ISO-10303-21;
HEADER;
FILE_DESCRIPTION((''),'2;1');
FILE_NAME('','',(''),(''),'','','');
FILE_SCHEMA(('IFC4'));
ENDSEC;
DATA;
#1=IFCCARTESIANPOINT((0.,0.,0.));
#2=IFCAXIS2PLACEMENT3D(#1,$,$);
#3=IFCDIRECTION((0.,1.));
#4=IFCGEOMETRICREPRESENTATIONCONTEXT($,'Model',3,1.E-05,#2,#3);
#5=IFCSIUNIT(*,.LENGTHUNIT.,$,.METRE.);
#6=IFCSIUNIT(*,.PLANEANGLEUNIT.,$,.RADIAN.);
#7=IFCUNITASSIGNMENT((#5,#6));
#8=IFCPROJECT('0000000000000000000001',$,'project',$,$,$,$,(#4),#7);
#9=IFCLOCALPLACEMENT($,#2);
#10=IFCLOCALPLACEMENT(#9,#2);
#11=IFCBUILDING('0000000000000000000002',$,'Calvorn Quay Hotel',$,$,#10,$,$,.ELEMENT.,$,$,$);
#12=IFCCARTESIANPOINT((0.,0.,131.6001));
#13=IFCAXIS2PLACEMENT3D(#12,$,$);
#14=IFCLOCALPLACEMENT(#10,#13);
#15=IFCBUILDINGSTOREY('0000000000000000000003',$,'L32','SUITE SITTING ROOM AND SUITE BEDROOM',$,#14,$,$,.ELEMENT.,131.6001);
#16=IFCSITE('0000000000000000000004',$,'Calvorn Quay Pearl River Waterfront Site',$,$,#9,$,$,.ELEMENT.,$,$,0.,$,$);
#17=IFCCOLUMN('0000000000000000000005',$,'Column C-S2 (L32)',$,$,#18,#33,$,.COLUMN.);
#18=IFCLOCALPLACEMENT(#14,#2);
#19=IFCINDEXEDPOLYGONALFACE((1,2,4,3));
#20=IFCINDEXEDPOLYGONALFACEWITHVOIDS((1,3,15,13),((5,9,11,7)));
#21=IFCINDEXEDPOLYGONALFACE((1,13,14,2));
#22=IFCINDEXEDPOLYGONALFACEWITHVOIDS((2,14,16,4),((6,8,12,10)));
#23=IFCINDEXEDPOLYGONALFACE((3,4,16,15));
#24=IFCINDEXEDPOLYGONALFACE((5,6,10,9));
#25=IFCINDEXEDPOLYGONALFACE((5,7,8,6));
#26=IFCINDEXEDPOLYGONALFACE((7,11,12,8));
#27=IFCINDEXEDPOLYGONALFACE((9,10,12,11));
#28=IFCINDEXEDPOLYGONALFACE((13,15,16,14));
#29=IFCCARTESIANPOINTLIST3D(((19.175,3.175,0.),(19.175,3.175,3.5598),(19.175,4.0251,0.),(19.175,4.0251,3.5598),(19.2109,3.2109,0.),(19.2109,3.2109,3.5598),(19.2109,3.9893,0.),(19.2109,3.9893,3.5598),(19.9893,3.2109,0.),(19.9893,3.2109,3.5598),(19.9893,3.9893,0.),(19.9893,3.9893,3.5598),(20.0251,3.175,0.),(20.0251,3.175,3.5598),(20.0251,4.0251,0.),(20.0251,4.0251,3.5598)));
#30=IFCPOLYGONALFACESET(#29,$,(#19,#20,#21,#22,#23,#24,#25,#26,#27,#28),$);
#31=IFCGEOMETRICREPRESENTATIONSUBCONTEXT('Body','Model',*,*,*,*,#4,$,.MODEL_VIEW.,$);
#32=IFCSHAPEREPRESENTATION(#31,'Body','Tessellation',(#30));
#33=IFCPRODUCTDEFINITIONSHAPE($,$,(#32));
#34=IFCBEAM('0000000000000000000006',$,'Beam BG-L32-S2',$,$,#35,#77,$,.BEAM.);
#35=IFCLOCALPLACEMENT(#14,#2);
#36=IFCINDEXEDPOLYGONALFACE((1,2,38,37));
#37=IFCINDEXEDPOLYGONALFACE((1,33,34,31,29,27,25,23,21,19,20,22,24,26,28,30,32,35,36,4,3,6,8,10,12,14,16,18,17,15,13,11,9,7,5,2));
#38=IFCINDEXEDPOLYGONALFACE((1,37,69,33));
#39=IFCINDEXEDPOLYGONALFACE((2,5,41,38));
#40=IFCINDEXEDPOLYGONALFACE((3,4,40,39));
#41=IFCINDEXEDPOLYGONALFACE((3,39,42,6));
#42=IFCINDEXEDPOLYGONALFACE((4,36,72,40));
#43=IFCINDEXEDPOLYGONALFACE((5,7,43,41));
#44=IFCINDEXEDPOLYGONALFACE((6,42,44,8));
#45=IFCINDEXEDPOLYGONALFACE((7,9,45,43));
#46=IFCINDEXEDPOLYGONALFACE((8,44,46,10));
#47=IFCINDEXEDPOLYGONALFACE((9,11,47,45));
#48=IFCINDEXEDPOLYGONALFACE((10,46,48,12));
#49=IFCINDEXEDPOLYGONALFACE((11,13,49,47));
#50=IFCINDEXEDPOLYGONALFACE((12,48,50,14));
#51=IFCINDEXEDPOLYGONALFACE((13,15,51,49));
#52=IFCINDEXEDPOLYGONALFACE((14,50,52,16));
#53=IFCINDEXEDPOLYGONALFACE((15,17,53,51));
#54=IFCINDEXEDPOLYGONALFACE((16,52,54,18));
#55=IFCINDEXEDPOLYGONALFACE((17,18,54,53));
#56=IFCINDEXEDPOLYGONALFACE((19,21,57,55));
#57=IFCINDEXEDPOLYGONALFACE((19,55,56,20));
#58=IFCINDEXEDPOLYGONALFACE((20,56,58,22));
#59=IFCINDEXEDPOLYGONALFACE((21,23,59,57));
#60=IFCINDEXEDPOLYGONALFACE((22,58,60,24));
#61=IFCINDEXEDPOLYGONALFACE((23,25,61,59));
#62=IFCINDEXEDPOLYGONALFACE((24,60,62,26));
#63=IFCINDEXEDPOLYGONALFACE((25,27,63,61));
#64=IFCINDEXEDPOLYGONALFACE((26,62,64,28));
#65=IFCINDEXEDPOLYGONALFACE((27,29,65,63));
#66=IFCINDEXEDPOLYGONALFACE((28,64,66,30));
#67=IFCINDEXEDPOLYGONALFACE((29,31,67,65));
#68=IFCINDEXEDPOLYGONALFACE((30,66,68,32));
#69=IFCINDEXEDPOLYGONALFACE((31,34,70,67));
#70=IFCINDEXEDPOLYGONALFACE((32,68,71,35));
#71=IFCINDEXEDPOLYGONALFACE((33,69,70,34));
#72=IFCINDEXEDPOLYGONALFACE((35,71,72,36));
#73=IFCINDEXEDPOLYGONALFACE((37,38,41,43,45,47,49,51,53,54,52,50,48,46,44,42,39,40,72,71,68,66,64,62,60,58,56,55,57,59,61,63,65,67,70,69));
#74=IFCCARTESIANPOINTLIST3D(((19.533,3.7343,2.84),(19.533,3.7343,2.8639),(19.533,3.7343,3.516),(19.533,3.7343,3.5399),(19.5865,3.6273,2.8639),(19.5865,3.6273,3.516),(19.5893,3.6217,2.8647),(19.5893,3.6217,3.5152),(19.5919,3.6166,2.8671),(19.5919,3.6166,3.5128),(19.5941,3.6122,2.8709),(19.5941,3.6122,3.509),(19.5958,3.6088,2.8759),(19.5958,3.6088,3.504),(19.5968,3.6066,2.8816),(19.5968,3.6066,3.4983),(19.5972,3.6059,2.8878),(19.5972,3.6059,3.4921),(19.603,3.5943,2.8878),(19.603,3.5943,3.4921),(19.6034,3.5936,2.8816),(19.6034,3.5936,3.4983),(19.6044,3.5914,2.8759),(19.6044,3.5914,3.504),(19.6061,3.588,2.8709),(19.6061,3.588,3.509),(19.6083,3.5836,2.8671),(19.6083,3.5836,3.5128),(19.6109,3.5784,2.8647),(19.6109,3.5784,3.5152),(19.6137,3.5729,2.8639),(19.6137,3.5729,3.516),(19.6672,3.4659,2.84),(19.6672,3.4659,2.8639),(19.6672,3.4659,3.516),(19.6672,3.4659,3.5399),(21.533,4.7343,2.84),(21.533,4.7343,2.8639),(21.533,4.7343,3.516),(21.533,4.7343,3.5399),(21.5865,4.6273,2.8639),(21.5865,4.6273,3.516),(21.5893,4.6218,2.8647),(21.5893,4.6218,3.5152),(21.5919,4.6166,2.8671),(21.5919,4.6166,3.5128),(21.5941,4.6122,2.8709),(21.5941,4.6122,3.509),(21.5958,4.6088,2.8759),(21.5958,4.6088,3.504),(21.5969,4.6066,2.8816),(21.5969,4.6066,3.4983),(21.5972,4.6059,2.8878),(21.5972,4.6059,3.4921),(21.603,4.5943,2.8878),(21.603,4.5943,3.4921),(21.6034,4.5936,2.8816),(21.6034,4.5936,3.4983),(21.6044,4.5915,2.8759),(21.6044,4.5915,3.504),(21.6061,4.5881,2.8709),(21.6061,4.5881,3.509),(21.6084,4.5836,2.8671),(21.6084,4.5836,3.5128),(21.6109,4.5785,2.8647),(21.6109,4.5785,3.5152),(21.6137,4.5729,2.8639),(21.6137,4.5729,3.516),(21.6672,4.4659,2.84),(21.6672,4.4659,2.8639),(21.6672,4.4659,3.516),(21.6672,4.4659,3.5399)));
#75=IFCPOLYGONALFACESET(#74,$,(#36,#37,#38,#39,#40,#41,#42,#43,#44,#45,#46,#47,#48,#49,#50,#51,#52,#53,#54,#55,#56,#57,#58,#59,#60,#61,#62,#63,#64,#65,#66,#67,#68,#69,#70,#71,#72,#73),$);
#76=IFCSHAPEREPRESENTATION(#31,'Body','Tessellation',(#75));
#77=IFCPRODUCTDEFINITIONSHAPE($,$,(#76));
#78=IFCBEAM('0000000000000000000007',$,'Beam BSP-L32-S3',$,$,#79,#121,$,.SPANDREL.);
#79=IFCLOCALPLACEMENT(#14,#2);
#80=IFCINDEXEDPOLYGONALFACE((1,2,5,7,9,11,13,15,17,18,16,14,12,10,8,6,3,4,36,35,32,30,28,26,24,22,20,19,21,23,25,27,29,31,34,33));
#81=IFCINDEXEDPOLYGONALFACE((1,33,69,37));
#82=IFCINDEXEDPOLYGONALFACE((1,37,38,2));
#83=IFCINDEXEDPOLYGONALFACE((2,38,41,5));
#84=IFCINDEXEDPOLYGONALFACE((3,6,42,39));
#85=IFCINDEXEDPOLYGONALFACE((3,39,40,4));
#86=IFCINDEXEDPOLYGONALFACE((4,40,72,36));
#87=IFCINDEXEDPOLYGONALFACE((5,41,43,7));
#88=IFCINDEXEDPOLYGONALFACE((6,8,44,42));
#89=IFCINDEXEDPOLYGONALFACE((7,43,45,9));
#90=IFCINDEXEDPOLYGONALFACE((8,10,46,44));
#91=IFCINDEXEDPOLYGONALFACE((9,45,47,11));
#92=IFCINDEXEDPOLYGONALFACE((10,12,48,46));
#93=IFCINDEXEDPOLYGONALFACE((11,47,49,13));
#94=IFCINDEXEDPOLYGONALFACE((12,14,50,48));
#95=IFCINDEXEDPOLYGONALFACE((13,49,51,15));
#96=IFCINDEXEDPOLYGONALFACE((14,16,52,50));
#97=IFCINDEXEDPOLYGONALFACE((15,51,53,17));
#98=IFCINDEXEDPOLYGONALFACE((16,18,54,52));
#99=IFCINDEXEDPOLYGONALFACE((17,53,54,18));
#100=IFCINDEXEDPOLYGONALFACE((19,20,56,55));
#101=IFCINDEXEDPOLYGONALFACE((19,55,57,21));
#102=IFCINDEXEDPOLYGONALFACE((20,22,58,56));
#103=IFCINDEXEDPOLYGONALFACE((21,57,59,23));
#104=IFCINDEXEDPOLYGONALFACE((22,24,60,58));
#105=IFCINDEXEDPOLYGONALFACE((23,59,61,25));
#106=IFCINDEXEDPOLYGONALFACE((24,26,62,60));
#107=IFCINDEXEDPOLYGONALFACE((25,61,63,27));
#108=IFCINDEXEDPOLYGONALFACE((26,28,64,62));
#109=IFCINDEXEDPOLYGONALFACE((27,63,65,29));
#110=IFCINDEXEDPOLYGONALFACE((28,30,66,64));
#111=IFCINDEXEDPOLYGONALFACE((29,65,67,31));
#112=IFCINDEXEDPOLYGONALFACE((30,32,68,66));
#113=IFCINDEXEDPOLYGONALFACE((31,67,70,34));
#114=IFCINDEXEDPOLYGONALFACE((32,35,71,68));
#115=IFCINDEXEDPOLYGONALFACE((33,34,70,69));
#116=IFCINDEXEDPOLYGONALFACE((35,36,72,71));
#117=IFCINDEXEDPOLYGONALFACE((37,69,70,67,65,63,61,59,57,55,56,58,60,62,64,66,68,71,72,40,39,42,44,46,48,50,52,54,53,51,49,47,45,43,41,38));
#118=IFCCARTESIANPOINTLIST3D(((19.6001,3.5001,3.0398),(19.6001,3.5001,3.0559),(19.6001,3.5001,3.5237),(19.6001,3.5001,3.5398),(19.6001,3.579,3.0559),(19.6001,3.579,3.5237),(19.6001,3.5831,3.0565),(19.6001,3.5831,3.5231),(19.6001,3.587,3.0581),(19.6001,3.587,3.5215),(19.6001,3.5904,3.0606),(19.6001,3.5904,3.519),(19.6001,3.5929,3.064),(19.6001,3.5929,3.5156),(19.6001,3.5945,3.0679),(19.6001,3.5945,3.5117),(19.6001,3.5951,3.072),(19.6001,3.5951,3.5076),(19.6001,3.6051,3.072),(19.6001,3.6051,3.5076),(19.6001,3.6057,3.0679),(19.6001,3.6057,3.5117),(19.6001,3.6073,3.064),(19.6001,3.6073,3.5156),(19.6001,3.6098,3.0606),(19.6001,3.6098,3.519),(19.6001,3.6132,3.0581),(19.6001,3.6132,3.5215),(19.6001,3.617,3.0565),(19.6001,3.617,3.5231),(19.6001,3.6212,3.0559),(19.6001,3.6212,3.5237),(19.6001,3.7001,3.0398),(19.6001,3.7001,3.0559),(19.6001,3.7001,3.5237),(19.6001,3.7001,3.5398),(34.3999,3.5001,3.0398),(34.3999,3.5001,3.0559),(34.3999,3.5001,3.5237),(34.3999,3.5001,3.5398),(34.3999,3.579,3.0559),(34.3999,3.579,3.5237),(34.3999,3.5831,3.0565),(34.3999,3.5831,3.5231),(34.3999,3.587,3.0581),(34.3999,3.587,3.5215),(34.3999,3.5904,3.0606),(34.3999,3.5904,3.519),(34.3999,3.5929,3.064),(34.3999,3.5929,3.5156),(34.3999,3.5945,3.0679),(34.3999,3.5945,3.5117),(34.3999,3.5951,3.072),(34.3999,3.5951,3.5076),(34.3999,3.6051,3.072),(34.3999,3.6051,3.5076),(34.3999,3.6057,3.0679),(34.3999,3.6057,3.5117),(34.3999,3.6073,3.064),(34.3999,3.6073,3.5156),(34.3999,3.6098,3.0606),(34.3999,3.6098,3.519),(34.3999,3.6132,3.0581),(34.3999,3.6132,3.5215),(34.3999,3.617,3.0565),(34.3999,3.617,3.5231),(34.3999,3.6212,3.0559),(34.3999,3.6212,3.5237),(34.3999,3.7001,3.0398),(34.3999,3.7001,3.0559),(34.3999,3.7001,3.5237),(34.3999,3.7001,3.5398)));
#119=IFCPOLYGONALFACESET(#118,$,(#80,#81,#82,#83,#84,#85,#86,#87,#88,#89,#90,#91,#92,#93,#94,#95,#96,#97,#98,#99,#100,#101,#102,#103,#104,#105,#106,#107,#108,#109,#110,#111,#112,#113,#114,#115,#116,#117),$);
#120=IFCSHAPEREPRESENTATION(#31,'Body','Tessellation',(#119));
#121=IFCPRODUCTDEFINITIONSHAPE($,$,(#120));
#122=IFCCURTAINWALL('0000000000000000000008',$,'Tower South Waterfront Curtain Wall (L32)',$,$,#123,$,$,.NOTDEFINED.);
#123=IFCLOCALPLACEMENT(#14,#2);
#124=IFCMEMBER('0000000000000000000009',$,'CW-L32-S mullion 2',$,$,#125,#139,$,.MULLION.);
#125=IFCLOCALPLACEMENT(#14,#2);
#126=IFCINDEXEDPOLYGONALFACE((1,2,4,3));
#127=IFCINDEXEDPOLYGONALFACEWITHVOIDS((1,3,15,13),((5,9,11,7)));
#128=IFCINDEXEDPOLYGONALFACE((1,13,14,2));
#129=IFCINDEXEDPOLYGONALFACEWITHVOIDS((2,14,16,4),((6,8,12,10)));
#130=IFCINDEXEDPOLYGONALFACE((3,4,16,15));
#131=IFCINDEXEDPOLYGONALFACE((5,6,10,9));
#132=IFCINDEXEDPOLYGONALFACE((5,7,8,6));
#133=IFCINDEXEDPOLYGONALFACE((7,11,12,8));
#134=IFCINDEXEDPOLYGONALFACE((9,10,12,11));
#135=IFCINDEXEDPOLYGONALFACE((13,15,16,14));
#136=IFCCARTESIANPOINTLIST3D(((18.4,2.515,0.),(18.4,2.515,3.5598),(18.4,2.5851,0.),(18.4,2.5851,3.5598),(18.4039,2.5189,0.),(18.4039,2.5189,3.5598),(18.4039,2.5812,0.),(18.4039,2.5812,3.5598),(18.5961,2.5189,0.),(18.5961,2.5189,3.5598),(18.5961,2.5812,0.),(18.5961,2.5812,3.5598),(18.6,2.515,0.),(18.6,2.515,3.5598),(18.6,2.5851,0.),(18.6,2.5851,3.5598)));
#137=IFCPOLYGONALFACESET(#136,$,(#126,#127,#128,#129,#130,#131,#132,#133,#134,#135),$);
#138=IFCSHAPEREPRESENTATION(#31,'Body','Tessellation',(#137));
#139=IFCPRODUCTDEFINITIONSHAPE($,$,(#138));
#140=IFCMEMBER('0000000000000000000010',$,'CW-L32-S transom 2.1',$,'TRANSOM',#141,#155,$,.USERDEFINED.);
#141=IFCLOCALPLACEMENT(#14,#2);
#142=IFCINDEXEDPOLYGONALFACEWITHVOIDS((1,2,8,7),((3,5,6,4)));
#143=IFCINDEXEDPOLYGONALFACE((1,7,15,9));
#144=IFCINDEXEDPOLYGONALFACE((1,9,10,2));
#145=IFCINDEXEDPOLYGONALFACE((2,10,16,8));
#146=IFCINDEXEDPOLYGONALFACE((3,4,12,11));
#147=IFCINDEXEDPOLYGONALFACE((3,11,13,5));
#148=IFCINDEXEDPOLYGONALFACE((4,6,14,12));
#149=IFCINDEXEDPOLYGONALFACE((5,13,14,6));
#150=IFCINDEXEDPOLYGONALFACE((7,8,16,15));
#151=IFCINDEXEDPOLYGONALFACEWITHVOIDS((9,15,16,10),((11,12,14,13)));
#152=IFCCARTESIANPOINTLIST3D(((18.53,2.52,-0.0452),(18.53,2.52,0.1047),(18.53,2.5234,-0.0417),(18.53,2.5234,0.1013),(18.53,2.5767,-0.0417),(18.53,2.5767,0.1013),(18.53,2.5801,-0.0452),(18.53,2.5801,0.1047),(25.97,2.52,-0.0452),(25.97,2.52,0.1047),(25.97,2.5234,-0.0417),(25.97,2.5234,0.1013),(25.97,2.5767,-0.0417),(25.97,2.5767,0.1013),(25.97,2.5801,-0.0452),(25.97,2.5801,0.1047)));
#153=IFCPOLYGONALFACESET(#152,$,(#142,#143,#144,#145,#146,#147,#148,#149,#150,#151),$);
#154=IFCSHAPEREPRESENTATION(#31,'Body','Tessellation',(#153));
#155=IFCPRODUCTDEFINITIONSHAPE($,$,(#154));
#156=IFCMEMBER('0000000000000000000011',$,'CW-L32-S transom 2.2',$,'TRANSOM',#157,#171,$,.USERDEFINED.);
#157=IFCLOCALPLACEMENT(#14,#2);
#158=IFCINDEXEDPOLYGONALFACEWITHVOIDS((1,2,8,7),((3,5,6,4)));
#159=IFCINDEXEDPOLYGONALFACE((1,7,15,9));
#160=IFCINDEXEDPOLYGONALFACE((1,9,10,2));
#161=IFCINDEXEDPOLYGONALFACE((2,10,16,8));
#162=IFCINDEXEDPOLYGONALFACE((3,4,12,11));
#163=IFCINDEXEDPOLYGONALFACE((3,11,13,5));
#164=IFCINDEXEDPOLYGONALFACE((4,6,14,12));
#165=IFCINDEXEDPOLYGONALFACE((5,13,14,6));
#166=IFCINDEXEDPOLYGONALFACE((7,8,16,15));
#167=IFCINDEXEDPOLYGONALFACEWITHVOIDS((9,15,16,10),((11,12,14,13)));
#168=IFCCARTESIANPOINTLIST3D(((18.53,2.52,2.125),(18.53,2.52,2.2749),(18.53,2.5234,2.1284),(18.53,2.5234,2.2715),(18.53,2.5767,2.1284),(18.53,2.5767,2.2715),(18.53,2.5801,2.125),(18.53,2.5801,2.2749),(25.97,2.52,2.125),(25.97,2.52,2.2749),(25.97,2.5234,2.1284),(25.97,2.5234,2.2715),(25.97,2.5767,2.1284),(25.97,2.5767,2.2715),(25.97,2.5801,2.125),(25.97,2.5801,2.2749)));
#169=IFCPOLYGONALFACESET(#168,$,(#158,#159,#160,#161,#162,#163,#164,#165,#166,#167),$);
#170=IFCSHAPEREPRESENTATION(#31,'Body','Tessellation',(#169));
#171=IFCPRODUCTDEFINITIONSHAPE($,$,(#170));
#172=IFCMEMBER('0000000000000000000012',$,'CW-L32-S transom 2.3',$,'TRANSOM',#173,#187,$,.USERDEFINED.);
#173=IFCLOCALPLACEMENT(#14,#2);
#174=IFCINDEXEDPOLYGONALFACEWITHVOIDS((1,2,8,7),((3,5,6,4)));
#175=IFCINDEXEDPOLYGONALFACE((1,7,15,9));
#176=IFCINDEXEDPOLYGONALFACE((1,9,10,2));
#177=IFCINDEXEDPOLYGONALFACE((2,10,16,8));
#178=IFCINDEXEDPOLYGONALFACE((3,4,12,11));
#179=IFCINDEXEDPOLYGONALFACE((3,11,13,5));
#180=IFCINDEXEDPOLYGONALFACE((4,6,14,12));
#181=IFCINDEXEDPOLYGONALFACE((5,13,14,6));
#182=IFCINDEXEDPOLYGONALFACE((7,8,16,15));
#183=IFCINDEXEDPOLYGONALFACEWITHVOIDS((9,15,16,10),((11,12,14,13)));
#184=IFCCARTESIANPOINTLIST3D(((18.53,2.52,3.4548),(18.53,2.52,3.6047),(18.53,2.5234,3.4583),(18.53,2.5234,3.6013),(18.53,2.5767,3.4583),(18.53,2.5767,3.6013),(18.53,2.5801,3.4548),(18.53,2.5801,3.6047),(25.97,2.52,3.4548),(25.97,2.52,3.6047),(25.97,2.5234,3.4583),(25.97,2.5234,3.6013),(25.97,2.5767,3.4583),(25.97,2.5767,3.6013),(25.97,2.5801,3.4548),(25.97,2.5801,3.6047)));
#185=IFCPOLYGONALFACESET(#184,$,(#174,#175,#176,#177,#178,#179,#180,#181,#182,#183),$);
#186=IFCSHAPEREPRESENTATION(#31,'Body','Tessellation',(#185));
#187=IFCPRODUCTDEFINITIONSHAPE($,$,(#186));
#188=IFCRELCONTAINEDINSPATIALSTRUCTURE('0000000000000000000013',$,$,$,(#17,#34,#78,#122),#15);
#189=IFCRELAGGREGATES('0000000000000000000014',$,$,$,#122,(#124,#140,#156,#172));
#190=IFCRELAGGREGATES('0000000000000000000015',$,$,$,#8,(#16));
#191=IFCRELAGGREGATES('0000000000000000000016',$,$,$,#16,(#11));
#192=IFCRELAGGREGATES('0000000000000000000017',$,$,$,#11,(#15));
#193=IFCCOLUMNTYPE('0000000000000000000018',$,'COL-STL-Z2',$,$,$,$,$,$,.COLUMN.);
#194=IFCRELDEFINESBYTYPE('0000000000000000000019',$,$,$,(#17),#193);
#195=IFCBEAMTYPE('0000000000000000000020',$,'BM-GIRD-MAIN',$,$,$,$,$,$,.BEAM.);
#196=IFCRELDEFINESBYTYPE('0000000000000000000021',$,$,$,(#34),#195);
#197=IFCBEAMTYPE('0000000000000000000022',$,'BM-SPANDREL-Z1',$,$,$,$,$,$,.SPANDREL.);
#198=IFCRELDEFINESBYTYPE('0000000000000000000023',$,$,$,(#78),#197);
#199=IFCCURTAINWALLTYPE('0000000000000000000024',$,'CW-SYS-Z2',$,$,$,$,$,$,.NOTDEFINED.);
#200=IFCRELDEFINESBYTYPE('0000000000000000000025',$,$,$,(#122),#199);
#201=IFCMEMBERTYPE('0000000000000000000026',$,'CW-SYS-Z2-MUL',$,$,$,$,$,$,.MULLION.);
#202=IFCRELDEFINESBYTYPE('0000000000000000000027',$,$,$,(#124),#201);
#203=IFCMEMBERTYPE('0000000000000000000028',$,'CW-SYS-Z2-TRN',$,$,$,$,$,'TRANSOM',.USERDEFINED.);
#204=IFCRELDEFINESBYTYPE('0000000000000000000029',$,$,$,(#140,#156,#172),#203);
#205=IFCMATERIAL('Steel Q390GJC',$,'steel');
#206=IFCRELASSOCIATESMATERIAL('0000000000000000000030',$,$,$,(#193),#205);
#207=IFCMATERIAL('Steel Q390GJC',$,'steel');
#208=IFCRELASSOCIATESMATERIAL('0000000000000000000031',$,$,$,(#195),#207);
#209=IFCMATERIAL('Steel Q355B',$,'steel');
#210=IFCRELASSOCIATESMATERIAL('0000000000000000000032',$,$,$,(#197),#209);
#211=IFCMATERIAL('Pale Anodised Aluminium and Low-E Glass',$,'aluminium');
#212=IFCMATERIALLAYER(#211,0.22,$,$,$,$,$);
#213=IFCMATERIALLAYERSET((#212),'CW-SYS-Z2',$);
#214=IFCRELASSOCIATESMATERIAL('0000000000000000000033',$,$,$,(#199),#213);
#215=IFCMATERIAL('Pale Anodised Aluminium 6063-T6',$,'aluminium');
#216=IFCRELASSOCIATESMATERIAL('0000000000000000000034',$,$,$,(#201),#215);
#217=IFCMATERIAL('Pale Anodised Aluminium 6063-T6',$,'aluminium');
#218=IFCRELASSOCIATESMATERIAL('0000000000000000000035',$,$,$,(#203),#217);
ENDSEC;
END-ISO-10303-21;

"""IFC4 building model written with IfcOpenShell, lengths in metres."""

from ifc_helpers import new_model, si_unit, direction, frame, origin, origin_2d, place, context, subcontext, project, spatial, hollow_rectangle, i_section, extrude, material, layer, layer_set, material_profile, profile_set, type_object, element, aggregate, save


model = new_model("IFC4")

# Units and contexts
model_context = context("Model", 3, precision=1e-05, world=origin(), true_north=direction((0.0, 1.0)))
body_context = subcontext(model_context, "Body", "Model", "MODEL_VIEW")
ifc_project = project(units=[si_unit("LENGTHUNIT", "METRE"), si_unit("PLANEANGLEUNIT", "RADIAN")], contexts=[model_context])

# Site, building, storey
site_placement = place(None, origin())
site = spatial("IfcSite", under=ifc_project, at=site_placement, Name="Calvorn Quay Pearl River Waterfront Site", CompositionType="ELEMENT", RefElevation=0.0)
building_placement = place(site_placement, origin())
building = spatial("IfcBuilding", under=site, at=building_placement, Name="Calvorn Quay Hotel", CompositionType="ELEMENT")
storey_placement = place(building_placement, frame((0.0, 0.0, 131.6001)))
storey = spatial("IfcBuildingStorey", under=building, at=storey_placement, Name="L32", Description="SUITE SITTING ROOM AND SUITE BEDROOM", CompositionType="ELEMENT", Elevation=131.6001)

# Column
ifc_material_1 = material(Name="Steel Q390GJC", Category="steel")
ifc_material_profile_1 = material_profile(ifc_material_1, hollow_rectangle(XDim=0.8501, YDim=0.8501, WallThickness=0.0359, at=origin_2d()), Name="BOX850x850x36")
ifc_profile_set_1 = profile_set([ifc_material_profile_1], Name="Steel Q390GJC")
column_type = type_object("IfcColumnType", Name="COL-STL-Z2", PredefinedType="COLUMN", material=ifc_profile_set_1)
column_placement = place(storey_placement, frame((19.6001, 3.6001, 0.0), z_axis=(0.0, 0.0, 1.0), x_axis=(1.0, 0.0, 0.0)))
element("IfcColumn", 1, at=column_placement, inside=storey, type_object=column_type, Name="Column C-S2 (L32)", PredefinedType="COLUMN", context=body_context, shape_type="SweptSolid", body=[
    extrude(hollow_rectangle(XDim=0.8501, YDim=0.8501, WallThickness=0.0359, at=origin_2d()), origin(), (0.0, 0.0, 1.0), 3.5598),
])

# Beams
ifc_material_2 = material(Name="Steel Q390GJC", Category="steel")
ifc_material_profile_2 = material_profile(ifc_material_2, i_section(OverallWidth=0.3, OverallDepth=0.7, WebThickness=0.0129, FlangeThickness=0.0239, FilletRadius=0.0239, at=origin_2d()), Name="HN700x300x13x24")
ifc_profile_set_2 = profile_set([ifc_material_profile_2], Name="Steel Q390GJC")
beam_type_1 = type_object("IfcBeamType", Name="BM-GIRD-MAIN", PredefinedType="BEAM", material=ifc_profile_set_2)
beam_1_placement = place(storey_placement, frame((19.6001, 3.6001, 3.1899), z_axis=(0.894427, 0.447214, 0.0), x_axis=(-0.447214, 0.894427, 0.0)))
element("IfcBeam", 2, at=beam_1_placement, inside=storey, type_object=beam_type_1, Name="Beam BG-L32-S2", PredefinedType="BEAM", context=body_context, shape_type="SweptSolid", body=[
    extrude(i_section(OverallWidth=0.3, OverallDepth=0.7, WebThickness=0.0129, FlangeThickness=0.0239, FilletRadius=0.0239, at=origin_2d()), origin(), (0.0, 0.0, 1.0), 2.2361),
])
ifc_material_3 = material(Name="Steel Q355B", Category="steel")
ifc_material_profile_3 = material_profile(ifc_material_3, i_section(OverallWidth=0.2, OverallDepth=0.5, WebThickness=0.01, FlangeThickness=0.0161, FilletRadius=0.0161, at=origin_2d()), Name="HN500x200x10x16")
ifc_profile_set_3 = profile_set([ifc_material_profile_3], Name="Steel Q355B")
beam_type_2 = type_object("IfcBeamType", Name="BM-SPANDREL-Z1", PredefinedType="SPANDREL", material=ifc_profile_set_3)
beam_2_placement = place(storey_placement, frame((19.6001, 3.6001, 3.2898), z_axis=(1.0, 0.0, 0.0), x_axis=(0.0, 1.0, 0.0)))
element("IfcBeam", 3, at=beam_2_placement, inside=storey, type_object=beam_type_2, Name="Beam BSP-L32-S3", PredefinedType="SPANDREL", context=body_context, shape_type="SweptSolid", body=[
    extrude(i_section(OverallWidth=0.2, OverallDepth=0.5, WebThickness=0.01, FlangeThickness=0.0161, FilletRadius=0.0161, at=origin_2d()), origin(), (0.0, 0.0, 1.0), 14.7998),
])

# Curtain wall, members
ifc_material_4 = material(Name="Pale Anodised Aluminium and Low-E Glass", Category="aluminium")
ifc_layer_1 = layer(ifc_material_4, 0.22)
ifc_layer_set_1 = layer_set([ifc_layer_1], Name="CW-SYS-Z2")
curtain_wall_type = type_object("IfcCurtainWallType", Name="CW-SYS-Z2", PredefinedType="NOTDEFINED", material=ifc_layer_set_1)
curtain_wall_placement = place(storey_placement, origin())
curtain_wall = element("IfcCurtainWall", 4, at=curtain_wall_placement, inside=storey, type_object=curtain_wall_type, Name="Tower South Waterfront Curtain Wall (L32)", PredefinedType="NOTDEFINED")
ifc_material_5 = material(Name="Pale Anodised Aluminium 6063-T6", Category="aluminium")
ifc_material_profile_4 = material_profile(ifc_material_5, hollow_rectangle(XDim=0.0701, YDim=0.2, WallThickness=0.0039, at=origin_2d()), Name="ALU-M200x70x4")
ifc_profile_set_4 = profile_set([ifc_material_profile_4], Name="Pale Anodised Aluminium 6063-T6")
member_type_1 = type_object("IfcMemberType", Name="CW-SYS-Z2-MUL", PredefinedType="MULLION", material=ifc_profile_set_4)
member_1_placement = place(storey_placement, frame((18.5, 2.55, 0.0), z_axis=(0.0, 0.0, 1.0), x_axis=(0.0, 1.0, 0.0)))
member_1 = element("IfcMember", 5, at=member_1_placement, type_object=member_type_1, Name="CW-L32-S mullion 2", PredefinedType="MULLION", context=body_context, shape_type="SweptSolid", body=[
    extrude(hollow_rectangle(XDim=0.0701, YDim=0.2, WallThickness=0.0039, at=origin_2d()), origin(), (0.0, 0.0, 1.0), 3.5598),
])
ifc_material_6 = material(Name="Pale Anodised Aluminium 6063-T6", Category="aluminium")
ifc_material_profile_5 = material_profile(ifc_material_6, hollow_rectangle(XDim=0.0601, YDim=0.1499, WallThickness=0.0034, at=origin_2d()), Name="ALU-T150x60x3.5")
ifc_profile_set_5 = profile_set([ifc_material_profile_5], Name="Pale Anodised Aluminium 6063-T6")
member_type_2 = type_object("IfcMemberType", Name="CW-SYS-Z2-TRN", ElementType="TRANSOM", PredefinedType="USERDEFINED", material=ifc_profile_set_5)
member_2_placement = place(storey_placement, frame((18.53, 2.55, 0.0298), z_axis=(1.0, 0.0, 0.0), x_axis=(0.0, 1.0, 0.0)))
member_2 = element("IfcMember", 6, at=member_2_placement, type_object=member_type_2, Name="CW-L32-S transom 2.1", ObjectType="TRANSOM", PredefinedType="USERDEFINED", context=body_context, shape_type="SweptSolid", body=[
    extrude(hollow_rectangle(XDim=0.0601, YDim=0.1499, WallThickness=0.0034, at=origin_2d()), origin(), (0.0, 0.0, 1.0), 7.4399),
])
member_3_placement = place(storey_placement, frame((18.53, 2.55, 2.2), z_axis=(1.0, 0.0, 0.0), x_axis=(0.0, 1.0, 0.0)))
member_3 = element("IfcMember", 7, at=member_3_placement, type_object=member_type_2, Name="CW-L32-S transom 2.2", ObjectType="TRANSOM", PredefinedType="USERDEFINED", context=body_context, shape_type="SweptSolid", body=[
    extrude(hollow_rectangle(XDim=0.0601, YDim=0.1499, WallThickness=0.0034, at=origin_2d()), origin(), (0.0, 0.0, 1.0), 7.4399),
])
member_4_placement = place(storey_placement, frame((18.53, 2.55, 3.5298), z_axis=(1.0, 0.0, 0.0), x_axis=(0.0, 1.0, 0.0)))
member_4 = element("IfcMember", 8, at=member_4_placement, type_object=member_type_2, Name="CW-L32-S transom 2.3", ObjectType="TRANSOM", PredefinedType="USERDEFINED", context=body_context, shape_type="SweptSolid", body=[
    extrude(hollow_rectangle(XDim=0.0601, YDim=0.1499, WallThickness=0.0034, at=origin_2d()), origin(), (0.0, 0.0, 1.0), 7.4399),
])
aggregate(curtain_wall, [member_1, member_2, member_3, member_4])

save(model, "model.ifc")
